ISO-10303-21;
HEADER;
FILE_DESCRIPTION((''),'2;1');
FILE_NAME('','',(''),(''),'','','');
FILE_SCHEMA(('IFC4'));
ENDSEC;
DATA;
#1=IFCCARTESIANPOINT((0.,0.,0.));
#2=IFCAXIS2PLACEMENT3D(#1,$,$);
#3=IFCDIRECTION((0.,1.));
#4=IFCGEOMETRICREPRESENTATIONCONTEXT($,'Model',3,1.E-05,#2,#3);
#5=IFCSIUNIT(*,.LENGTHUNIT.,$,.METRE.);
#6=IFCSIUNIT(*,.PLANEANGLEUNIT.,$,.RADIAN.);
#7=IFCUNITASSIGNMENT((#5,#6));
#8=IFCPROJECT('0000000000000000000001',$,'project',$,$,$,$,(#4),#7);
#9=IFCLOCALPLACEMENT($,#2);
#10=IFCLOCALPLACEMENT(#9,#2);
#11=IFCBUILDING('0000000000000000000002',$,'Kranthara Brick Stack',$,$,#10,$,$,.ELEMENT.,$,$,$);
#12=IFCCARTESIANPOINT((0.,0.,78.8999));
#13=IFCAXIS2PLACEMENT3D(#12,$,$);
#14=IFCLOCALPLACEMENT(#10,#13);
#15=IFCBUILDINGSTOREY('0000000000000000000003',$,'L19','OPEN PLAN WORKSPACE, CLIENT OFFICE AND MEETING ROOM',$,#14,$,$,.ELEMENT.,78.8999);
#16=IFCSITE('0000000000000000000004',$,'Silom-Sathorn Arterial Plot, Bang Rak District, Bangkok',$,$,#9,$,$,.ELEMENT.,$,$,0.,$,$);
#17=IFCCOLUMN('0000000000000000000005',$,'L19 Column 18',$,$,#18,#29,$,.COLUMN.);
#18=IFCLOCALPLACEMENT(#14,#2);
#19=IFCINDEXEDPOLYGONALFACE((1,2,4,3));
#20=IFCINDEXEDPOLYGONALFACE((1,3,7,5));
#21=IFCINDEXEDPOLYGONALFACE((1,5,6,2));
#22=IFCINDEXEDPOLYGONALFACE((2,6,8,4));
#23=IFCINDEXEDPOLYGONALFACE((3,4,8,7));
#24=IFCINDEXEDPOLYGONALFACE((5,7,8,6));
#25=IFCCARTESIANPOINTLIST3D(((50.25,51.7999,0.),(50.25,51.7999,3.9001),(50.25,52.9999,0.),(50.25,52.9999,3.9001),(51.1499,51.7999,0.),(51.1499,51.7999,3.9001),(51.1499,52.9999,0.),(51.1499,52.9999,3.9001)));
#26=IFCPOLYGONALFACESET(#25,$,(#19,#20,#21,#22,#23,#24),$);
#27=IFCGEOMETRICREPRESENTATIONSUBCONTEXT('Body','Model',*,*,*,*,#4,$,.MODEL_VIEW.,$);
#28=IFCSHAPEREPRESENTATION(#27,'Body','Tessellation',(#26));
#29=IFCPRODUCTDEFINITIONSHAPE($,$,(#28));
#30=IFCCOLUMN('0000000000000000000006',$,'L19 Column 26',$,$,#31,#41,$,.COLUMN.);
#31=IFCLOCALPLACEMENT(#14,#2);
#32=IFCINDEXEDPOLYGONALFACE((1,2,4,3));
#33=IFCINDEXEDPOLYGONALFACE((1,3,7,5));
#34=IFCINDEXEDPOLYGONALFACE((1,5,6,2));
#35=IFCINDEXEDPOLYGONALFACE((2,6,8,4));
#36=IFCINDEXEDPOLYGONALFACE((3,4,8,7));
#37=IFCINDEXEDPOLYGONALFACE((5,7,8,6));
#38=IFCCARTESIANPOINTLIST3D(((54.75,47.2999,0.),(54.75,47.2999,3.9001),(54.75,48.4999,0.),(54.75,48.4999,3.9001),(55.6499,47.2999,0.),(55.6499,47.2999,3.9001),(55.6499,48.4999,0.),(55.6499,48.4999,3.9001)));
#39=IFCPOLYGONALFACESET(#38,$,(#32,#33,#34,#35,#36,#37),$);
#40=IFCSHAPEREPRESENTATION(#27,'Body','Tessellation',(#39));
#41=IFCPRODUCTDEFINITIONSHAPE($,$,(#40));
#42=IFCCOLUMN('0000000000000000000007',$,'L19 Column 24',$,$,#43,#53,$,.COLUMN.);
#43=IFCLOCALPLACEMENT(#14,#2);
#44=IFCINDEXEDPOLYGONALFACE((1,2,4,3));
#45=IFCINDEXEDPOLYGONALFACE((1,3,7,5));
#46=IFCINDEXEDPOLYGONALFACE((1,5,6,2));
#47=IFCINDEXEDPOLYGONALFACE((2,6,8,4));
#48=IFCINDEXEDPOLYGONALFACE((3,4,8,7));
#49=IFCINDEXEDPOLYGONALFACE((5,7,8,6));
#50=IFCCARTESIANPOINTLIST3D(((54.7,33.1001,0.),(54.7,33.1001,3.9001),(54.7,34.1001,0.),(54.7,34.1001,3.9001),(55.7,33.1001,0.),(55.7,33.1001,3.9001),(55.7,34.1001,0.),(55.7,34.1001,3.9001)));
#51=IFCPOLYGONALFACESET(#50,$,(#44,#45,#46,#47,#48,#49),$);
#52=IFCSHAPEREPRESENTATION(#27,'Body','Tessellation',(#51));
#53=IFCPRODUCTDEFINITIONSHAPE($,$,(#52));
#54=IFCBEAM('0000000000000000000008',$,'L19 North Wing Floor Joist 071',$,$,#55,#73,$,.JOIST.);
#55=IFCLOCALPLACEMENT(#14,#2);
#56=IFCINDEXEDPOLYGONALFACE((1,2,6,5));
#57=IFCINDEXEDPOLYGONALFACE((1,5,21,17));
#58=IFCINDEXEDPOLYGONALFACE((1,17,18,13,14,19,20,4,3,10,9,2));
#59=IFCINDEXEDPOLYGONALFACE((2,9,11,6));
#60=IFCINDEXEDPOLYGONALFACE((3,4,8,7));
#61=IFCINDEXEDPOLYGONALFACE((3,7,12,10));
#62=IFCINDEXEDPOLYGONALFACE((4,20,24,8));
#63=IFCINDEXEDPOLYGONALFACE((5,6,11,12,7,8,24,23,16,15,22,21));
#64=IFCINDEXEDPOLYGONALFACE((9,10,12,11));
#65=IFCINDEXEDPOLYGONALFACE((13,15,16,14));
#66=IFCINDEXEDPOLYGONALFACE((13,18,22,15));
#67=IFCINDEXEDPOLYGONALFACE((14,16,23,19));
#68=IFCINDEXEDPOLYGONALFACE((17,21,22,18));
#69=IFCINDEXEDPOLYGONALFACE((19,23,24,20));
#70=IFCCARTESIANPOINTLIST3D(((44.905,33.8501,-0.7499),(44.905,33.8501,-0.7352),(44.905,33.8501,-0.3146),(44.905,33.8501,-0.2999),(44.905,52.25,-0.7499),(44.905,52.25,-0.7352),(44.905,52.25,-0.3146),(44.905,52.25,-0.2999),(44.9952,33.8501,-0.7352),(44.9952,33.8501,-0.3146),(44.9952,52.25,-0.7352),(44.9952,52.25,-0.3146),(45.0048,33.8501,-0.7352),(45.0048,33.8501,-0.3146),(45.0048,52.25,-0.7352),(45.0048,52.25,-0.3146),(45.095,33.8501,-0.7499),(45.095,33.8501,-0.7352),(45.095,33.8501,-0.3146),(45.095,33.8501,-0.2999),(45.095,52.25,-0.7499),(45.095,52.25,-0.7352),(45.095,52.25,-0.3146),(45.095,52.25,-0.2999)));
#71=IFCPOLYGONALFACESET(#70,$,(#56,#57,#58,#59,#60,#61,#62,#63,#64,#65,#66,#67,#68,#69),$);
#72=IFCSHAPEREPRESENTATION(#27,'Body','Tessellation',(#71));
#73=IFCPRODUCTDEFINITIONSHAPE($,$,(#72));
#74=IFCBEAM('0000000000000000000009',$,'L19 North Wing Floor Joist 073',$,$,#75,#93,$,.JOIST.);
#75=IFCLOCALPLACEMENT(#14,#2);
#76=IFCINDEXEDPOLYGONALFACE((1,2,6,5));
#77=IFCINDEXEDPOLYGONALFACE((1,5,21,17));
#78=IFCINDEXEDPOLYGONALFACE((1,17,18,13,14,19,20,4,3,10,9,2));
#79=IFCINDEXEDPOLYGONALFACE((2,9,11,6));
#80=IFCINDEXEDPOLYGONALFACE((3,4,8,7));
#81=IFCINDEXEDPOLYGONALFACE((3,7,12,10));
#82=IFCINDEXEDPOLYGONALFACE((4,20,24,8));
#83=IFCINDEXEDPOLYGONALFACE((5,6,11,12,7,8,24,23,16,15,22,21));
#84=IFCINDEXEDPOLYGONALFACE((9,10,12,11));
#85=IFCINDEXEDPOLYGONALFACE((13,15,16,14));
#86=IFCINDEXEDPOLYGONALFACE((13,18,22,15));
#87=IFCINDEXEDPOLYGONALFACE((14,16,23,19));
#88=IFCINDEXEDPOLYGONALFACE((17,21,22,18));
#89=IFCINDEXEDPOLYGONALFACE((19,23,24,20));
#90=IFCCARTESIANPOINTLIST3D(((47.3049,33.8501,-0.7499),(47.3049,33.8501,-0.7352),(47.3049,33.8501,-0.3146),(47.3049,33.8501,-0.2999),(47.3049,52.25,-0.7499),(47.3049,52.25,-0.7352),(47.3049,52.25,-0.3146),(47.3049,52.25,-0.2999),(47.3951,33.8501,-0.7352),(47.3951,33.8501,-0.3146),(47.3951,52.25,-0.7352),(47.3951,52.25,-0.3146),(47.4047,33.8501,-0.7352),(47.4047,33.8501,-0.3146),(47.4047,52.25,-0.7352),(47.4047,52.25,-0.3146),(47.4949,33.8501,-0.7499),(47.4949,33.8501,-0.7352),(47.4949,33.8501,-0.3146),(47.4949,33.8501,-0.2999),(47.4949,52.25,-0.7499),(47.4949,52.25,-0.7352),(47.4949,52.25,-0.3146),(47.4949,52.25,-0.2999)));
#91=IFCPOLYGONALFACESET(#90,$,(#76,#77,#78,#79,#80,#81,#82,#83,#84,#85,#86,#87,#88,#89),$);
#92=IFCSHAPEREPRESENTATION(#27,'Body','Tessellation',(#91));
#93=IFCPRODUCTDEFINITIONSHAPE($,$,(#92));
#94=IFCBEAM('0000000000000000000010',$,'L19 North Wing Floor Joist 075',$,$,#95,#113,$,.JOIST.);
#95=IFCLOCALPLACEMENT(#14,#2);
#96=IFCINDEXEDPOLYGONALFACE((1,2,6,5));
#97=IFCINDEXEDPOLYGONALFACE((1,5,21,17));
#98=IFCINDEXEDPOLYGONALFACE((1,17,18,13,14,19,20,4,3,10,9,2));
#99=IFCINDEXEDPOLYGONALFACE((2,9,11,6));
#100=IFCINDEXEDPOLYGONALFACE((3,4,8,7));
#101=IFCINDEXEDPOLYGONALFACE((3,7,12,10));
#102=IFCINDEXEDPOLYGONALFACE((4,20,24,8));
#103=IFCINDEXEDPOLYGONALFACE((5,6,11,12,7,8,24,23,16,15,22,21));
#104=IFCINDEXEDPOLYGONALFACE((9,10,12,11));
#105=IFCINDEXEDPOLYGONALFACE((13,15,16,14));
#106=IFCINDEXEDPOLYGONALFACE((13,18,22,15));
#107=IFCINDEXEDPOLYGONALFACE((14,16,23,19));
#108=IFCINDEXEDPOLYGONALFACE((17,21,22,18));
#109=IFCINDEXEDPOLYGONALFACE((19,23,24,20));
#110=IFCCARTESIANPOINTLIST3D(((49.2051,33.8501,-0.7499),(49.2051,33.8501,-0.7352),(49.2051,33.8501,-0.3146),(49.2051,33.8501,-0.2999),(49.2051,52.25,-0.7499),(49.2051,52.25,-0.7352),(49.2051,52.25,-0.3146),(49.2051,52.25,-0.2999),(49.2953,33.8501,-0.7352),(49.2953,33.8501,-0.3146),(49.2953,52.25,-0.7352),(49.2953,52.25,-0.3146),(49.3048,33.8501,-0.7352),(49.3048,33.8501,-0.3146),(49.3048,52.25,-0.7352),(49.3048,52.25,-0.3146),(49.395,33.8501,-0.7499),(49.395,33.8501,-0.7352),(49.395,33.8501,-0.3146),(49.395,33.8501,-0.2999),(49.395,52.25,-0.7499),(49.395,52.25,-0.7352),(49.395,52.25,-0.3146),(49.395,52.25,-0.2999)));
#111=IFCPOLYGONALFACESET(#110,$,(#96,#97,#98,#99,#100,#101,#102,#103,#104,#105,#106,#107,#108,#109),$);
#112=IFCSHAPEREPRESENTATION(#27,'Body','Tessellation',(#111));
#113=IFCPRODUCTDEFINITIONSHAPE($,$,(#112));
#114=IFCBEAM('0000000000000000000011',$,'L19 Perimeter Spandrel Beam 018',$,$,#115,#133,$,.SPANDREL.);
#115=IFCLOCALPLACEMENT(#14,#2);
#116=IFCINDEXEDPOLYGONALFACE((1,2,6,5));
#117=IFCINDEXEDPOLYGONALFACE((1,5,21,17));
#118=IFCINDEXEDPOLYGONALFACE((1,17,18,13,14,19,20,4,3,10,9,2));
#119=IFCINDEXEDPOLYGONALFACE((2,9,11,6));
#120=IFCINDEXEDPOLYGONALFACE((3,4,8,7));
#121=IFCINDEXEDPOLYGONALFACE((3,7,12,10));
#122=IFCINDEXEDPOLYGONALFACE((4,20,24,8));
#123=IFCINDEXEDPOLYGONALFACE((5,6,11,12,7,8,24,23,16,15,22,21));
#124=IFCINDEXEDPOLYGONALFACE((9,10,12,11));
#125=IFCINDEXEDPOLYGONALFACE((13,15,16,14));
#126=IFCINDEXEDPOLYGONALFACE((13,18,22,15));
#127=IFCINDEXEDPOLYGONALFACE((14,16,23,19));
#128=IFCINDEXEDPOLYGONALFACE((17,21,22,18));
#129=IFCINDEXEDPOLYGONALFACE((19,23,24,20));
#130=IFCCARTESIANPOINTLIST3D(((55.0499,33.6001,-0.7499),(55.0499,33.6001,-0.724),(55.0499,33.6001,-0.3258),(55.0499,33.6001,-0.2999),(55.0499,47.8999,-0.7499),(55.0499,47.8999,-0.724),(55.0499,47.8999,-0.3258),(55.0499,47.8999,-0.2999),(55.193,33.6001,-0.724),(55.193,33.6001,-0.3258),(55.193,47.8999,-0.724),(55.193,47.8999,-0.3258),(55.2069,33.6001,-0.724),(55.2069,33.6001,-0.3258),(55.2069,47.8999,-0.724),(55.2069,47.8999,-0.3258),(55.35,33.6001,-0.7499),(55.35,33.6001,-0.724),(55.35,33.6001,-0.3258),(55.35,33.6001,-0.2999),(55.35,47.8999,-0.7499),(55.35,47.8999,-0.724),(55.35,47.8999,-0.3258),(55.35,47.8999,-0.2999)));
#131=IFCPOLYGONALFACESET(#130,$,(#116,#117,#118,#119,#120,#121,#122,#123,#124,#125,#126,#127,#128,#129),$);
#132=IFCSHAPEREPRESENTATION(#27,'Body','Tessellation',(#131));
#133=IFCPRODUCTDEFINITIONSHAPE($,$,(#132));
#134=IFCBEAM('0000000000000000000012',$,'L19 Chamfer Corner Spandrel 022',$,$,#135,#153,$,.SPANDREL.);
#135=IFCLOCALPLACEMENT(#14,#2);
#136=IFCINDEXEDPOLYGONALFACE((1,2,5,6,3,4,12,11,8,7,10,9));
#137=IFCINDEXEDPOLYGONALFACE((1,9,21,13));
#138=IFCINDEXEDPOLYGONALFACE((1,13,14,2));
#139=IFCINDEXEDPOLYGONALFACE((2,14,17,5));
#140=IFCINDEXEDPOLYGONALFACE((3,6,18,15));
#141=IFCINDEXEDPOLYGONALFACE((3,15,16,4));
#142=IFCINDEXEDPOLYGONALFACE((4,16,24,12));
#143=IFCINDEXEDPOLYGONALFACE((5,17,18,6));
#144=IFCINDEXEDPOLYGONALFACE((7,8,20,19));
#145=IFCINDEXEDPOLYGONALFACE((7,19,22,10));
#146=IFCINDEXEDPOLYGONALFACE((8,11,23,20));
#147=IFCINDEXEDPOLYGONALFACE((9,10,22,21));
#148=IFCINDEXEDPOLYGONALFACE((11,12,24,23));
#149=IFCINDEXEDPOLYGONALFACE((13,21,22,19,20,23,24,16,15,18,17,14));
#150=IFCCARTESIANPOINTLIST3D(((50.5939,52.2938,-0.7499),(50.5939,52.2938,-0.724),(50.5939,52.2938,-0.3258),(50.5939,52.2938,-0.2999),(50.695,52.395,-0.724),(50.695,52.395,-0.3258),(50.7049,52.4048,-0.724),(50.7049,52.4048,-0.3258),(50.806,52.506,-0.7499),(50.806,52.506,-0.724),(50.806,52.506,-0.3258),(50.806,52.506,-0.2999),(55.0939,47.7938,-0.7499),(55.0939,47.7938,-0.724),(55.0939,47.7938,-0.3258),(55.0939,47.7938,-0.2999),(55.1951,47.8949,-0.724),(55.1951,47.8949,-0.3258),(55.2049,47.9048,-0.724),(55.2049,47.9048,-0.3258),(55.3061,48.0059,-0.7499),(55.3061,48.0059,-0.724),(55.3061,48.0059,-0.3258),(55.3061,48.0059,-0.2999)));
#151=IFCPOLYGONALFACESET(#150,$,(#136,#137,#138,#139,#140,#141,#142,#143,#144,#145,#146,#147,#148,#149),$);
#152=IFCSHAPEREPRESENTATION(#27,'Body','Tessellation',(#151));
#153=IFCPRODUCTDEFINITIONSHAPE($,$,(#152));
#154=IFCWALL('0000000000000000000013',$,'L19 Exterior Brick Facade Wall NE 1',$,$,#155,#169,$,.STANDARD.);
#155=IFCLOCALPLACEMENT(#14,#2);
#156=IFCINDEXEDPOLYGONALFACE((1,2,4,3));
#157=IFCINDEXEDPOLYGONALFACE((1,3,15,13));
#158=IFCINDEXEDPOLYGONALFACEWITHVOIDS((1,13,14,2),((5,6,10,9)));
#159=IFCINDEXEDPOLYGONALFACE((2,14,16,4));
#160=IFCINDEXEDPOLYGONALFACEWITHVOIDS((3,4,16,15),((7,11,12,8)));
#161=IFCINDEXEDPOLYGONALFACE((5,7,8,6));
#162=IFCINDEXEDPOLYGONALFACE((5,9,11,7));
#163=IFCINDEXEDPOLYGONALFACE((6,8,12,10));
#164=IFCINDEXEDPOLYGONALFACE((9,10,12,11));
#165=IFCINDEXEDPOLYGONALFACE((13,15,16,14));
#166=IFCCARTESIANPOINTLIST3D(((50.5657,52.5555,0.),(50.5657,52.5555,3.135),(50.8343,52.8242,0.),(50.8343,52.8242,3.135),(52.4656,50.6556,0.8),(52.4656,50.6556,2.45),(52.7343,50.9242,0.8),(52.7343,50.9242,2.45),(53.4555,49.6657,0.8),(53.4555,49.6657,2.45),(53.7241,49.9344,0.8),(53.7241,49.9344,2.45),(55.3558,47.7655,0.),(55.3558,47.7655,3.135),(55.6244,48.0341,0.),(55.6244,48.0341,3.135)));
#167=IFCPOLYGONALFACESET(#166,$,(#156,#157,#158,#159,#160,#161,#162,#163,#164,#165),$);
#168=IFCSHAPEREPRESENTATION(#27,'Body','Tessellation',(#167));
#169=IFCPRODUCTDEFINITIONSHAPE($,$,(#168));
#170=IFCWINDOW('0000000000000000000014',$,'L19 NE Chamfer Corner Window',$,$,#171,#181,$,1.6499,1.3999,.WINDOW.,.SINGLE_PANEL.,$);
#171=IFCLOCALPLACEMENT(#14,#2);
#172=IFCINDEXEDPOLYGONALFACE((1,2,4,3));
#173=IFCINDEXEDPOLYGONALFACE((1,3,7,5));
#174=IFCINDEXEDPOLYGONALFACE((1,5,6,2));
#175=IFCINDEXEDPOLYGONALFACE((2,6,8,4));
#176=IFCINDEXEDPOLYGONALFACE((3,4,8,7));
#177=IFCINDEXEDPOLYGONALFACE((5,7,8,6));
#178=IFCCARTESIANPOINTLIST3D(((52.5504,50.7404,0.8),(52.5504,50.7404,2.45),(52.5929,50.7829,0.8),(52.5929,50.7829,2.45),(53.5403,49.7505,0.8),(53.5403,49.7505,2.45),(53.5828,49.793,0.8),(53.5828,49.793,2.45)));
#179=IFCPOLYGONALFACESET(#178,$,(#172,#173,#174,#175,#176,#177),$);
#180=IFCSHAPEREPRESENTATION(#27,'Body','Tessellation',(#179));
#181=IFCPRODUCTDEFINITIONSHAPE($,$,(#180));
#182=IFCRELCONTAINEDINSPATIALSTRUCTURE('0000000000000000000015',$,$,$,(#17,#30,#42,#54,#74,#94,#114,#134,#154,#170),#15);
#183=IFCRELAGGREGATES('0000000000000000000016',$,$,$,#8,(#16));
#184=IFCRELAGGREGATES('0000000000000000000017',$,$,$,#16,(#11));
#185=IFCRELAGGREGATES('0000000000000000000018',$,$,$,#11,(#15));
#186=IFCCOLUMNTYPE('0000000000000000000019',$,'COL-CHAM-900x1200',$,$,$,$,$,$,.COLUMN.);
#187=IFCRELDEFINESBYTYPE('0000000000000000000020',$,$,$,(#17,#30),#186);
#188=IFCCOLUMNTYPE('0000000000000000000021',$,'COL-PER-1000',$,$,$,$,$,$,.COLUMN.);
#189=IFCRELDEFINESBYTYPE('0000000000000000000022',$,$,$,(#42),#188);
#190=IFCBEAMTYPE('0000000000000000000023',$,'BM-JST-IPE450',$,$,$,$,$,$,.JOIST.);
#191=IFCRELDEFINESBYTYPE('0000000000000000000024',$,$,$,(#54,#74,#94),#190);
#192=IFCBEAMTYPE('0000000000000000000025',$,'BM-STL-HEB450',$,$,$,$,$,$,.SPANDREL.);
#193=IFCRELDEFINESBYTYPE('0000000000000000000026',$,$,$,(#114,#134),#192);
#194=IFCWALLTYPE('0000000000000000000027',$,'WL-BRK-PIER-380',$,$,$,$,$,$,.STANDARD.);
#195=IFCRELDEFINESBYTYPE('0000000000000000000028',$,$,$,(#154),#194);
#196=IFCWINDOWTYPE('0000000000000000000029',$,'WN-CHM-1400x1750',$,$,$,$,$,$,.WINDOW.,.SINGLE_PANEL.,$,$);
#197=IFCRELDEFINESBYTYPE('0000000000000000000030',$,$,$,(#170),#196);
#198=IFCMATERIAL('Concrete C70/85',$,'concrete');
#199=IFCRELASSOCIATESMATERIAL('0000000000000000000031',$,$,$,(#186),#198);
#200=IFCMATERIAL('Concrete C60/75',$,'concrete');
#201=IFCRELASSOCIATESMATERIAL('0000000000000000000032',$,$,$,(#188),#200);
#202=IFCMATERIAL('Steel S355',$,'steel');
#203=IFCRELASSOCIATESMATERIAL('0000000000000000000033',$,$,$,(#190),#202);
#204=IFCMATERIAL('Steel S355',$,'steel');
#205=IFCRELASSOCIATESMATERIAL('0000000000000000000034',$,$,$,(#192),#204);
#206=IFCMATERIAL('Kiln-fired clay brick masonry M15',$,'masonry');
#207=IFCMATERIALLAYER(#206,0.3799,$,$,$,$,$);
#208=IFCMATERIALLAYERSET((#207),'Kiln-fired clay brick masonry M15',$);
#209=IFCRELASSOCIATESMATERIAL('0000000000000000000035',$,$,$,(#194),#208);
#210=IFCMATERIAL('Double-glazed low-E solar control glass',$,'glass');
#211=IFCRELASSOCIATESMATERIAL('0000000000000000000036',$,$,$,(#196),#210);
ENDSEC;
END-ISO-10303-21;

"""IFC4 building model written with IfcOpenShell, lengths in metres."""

from ifc_helpers import new_model, si_unit, direction, frame, frame_2d, origin, origin_2d, place, context, subcontext, project, spatial, rectangle, i_section, extrude, material, layer, layer_set, material_profile, profile_set, type_object, element, fill, save


model = new_model("IFC4")

# Units and contexts
model_context = context("Model", 3, precision=1e-05, world=origin(), true_north=direction((0.0, 1.0)))
body_context = subcontext(model_context, "Body", "Model", "MODEL_VIEW")
ifc_project = project(units=[si_unit("LENGTHUNIT", "METRE"), si_unit("PLANEANGLEUNIT", "RADIAN")], contexts=[model_context])

# Site, building, storey
site_placement = place(None, origin())
site = spatial("IfcSite", under=ifc_project, at=site_placement, Name="Silom-Sathorn Arterial Plot, Bang Rak District, Bangkok", CompositionType="ELEMENT", RefElevation=0.0)
building_placement = place(site_placement, origin())
building = spatial("IfcBuilding", under=site, at=building_placement, Name="Kranthara Brick Stack", CompositionType="ELEMENT")
storey_placement = place(building_placement, frame((0.0, 0.0, 78.8999)))
storey = spatial("IfcBuildingStorey", under=building, at=storey_placement, Name="L19", Description="OPEN PLAN WORKSPACE, CLIENT OFFICE AND MEETING ROOM", CompositionType="ELEMENT", Elevation=78.8999)

# Columns
ifc_material_1 = material(Name="Concrete C70/85", Category="concrete")
ifc_material_profile_1 = material_profile(ifc_material_1, rectangle(XDim=0.8999, YDim=1.2, at=origin_2d()), Name="RC 900x1200")
ifc_profile_set_1 = profile_set([ifc_material_profile_1], Name="Concrete C70/85")
column_type_1 = type_object("IfcColumnType", Name="COL-CHAM-900x1200", PredefinedType="COLUMN", material=ifc_profile_set_1)
for number, where, z_axis, x_axis, name in (
    (1, (50.7, 52.3999, 0.0), (0.0, 0.0, 1.0), (1.0, 0.0, 0.0), "L19 Column 18"),
    (2, (55.2, 47.8999, 0.0), (0.0, 0.0, 1.0), (1.0, 0.0, 0.0), "L19 Column 26"),
):
    element("IfcColumn", number, at=place(storey_placement, frame(where, z_axis=z_axis, x_axis=x_axis)), inside=storey, type_object=column_type_1, Name=name, PredefinedType="COLUMN", context=body_context, shape_type="SweptSolid", body=[
        extrude(rectangle(XDim=0.8999, YDim=1.2, at=origin_2d()), origin(), (0.0, 0.0, 1.0), 3.9001),
    ])
ifc_material_2 = material(Name="Concrete C60/75", Category="concrete")
ifc_material_profile_2 = material_profile(ifc_material_2, rectangle(XDim=1.0, YDim=1.0, at=origin_2d()), Name="RC 1000x1000")
ifc_profile_set_2 = profile_set([ifc_material_profile_2], Name="Concrete C60/75")
column_type_2 = type_object("IfcColumnType", Name="COL-PER-1000", PredefinedType="COLUMN", material=ifc_profile_set_2)
column_placement = place(storey_placement, frame((55.2, 33.6001, 0.0), z_axis=(0.0, 0.0, 1.0), x_axis=(1.0, 0.0, 0.0)))
element("IfcColumn", 3, at=column_placement, inside=storey, type_object=column_type_2, Name="L19 Column 24", PredefinedType="COLUMN", context=body_context, shape_type="SweptSolid", body=[
    extrude(rectangle(XDim=1.0, YDim=1.0, at=origin_2d()), origin(), (0.0, 0.0, 1.0), 3.9001),
])

# Beams
ifc_material_3 = material(Name="Steel S355", Category="steel")
ifc_material_profile_3 = material_profile(ifc_material_3, i_section(OverallWidth=0.1899, OverallDepth=0.45, WebThickness=0.0095, FlangeThickness=0.0146, at=origin_2d()), Name="IPE 450")
ifc_profile_set_3 = profile_set([ifc_material_profile_3], Name="Steel S355")
beam_type_1 = type_object("IfcBeamType", Name="BM-JST-IPE450", PredefinedType="JOIST", material=ifc_profile_set_3)
for number, where, z_axis, x_axis, name in (
    (4, (45.0, 33.8501, -0.5249), (0.0, 1.0, 0.0), (-1.0, 0.0, 0.0), "L19 North Wing Floor Joist 071"),
    (5, (47.3999, 33.8501, -0.5249), (0.0, 1.0, 0.0), (-1.0, 0.0, 0.0), "L19 North Wing Floor Joist 073"),
    (6, (49.3, 33.8501, -0.5249), (0.0, 1.0, 0.0), (-1.0, 0.0, 0.0), "L19 North Wing Floor Joist 075"),
):
    element("IfcBeam", number, at=place(storey_placement, frame(where, z_axis=z_axis, x_axis=x_axis)), inside=storey, type_object=beam_type_1, Name=name, PredefinedType="JOIST", context=body_context, shape_type="SweptSolid", body=[
        extrude(i_section(OverallWidth=0.1899, OverallDepth=0.45, WebThickness=0.0095, FlangeThickness=0.0146, at=origin_2d()), origin(), (0.0, 0.0, 1.0), 18.3999),
    ])
ifc_material_4 = material(Name="Steel S355", Category="steel")
ifc_material_profile_4 = material_profile(ifc_material_4, i_section(OverallWidth=0.3, OverallDepth=0.45, WebThickness=0.0139, FlangeThickness=0.0259, at=origin_2d()), Name="HEB 450")
ifc_profile_set_4 = profile_set([ifc_material_profile_4], Name="Steel S355")
beam_type_2 = type_object("IfcBeamType", Name="BM-STL-HEB450", PredefinedType="SPANDREL", material=ifc_profile_set_4)
beam_1_placement = place(storey_placement, frame((55.2, 33.6001, -0.5249), z_axis=(0.0, 1.0, 0.0), x_axis=(-1.0, 0.0, 0.0)))
element("IfcBeam", 7, at=beam_1_placement, inside=storey, type_object=beam_type_2, Name="L19 Perimeter Spandrel Beam 018", PredefinedType="SPANDREL", context=body_context, shape_type="SweptSolid", body=[
    extrude(i_section(OverallWidth=0.3, OverallDepth=0.45, WebThickness=0.0139, FlangeThickness=0.0259, at=origin_2d()), origin(), (0.0, 0.0, 1.0), 14.2998),
])
beam_2_placement = place(storey_placement, frame((50.7, 52.3999, -0.5249), z_axis=(0.707107, -0.707107, 0.0), x_axis=(0.707107, 0.707107, 0.0)))
element("IfcBeam", 8, at=beam_2_placement, inside=storey, type_object=beam_type_2, Name="L19 Chamfer Corner Spandrel 022", PredefinedType="SPANDREL", context=body_context, shape_type="SweptSolid", body=[
    extrude(i_section(OverallWidth=0.3, OverallDepth=0.45, WebThickness=0.0139, FlangeThickness=0.0259, at=origin_2d()), origin(), (0.0, 0.0, 1.0), 6.364),
])

# Wall, opening, window
ifc_material_5 = material(Name="Kiln-fired clay brick masonry M15", Category="masonry")
ifc_layer_1 = layer(ifc_material_5, 0.3799)
ifc_layer_set_1 = layer_set([ifc_layer_1], Name="Kiln-fired clay brick masonry M15")
wall_type_1 = type_object("IfcWallType", Name="WL-BRK-PIER-380", PredefinedType="STANDARD", material=ifc_layer_set_1)
wall_1_placement = place(storey_placement, frame((50.7, 52.6899, 0.0), z_axis=(0.0, 0.0, 1.0), x_axis=(0.707107, -0.707107, 0.0)))
wall_1 = element("IfcWall", 9, at=wall_1_placement, inside=storey, type_object=wall_type_1, Name="L19 Exterior Brick Facade Wall NE 1", PredefinedType="STANDARD", context=body_context, shape_type="SweptSolid", body=[
    extrude(rectangle(XDim=6.7742, YDim=0.3799, at=frame_2d((3.3872, 0.0))), origin(), (0.0, 0.0, 1.0), 3.135),
])
opening_1_placement = place(wall_1_placement, frame((2.687, 0.0, 0.8)))
opening_1 = element("IfcOpeningElement", 10, at=opening_1_placement, cuts=wall_1, PredefinedType="OPENING", context=body_context, shape_type="SweptSolid", body=[
    extrude(rectangle(XDim=1.3999, YDim=1.6499, at=frame_2d((0.7, 0.825))), frame((0.0, 0.2, 0.0), z_axis=(0.0, -1.0, 0.0), x_axis=(1.0, 0.0, 0.0)), (0.0, 0.0, 1.0), 0.3999),
])
ifc_material_6 = material(Name="Double-glazed low-E solar control glass", Category="glass")
window_type_1 = type_object("IfcWindowType", Name="WN-CHM-1400x1750", PartitioningType="SINGLE_PANEL", PredefinedType="WINDOW", material=ifc_material_6)
window_1_placement = place(opening_1_placement, origin())
window_1 = element("IfcWindow", 11, at=window_1_placement, inside=storey, type_object=window_type_1, Name="L19 NE Chamfer Corner Window", OverallHeight=1.6499, OverallWidth=1.3999, PartitioningType="SINGLE_PANEL", PredefinedType="WINDOW", context=body_context, shape_type="SweptSolid", body=[
    extrude(rectangle(XDim=1.3999, YDim=1.6499, at=frame_2d((0.7, 0.825))), frame((0.0, -0.01, 0.0), z_axis=(0.0, -1.0, 0.0), x_axis=(1.0, 0.0, 0.0)), (0.0, 0.0, 1.0), 0.0601),
])
fill(opening_1, window_1)

save(model, "model.ifc")
